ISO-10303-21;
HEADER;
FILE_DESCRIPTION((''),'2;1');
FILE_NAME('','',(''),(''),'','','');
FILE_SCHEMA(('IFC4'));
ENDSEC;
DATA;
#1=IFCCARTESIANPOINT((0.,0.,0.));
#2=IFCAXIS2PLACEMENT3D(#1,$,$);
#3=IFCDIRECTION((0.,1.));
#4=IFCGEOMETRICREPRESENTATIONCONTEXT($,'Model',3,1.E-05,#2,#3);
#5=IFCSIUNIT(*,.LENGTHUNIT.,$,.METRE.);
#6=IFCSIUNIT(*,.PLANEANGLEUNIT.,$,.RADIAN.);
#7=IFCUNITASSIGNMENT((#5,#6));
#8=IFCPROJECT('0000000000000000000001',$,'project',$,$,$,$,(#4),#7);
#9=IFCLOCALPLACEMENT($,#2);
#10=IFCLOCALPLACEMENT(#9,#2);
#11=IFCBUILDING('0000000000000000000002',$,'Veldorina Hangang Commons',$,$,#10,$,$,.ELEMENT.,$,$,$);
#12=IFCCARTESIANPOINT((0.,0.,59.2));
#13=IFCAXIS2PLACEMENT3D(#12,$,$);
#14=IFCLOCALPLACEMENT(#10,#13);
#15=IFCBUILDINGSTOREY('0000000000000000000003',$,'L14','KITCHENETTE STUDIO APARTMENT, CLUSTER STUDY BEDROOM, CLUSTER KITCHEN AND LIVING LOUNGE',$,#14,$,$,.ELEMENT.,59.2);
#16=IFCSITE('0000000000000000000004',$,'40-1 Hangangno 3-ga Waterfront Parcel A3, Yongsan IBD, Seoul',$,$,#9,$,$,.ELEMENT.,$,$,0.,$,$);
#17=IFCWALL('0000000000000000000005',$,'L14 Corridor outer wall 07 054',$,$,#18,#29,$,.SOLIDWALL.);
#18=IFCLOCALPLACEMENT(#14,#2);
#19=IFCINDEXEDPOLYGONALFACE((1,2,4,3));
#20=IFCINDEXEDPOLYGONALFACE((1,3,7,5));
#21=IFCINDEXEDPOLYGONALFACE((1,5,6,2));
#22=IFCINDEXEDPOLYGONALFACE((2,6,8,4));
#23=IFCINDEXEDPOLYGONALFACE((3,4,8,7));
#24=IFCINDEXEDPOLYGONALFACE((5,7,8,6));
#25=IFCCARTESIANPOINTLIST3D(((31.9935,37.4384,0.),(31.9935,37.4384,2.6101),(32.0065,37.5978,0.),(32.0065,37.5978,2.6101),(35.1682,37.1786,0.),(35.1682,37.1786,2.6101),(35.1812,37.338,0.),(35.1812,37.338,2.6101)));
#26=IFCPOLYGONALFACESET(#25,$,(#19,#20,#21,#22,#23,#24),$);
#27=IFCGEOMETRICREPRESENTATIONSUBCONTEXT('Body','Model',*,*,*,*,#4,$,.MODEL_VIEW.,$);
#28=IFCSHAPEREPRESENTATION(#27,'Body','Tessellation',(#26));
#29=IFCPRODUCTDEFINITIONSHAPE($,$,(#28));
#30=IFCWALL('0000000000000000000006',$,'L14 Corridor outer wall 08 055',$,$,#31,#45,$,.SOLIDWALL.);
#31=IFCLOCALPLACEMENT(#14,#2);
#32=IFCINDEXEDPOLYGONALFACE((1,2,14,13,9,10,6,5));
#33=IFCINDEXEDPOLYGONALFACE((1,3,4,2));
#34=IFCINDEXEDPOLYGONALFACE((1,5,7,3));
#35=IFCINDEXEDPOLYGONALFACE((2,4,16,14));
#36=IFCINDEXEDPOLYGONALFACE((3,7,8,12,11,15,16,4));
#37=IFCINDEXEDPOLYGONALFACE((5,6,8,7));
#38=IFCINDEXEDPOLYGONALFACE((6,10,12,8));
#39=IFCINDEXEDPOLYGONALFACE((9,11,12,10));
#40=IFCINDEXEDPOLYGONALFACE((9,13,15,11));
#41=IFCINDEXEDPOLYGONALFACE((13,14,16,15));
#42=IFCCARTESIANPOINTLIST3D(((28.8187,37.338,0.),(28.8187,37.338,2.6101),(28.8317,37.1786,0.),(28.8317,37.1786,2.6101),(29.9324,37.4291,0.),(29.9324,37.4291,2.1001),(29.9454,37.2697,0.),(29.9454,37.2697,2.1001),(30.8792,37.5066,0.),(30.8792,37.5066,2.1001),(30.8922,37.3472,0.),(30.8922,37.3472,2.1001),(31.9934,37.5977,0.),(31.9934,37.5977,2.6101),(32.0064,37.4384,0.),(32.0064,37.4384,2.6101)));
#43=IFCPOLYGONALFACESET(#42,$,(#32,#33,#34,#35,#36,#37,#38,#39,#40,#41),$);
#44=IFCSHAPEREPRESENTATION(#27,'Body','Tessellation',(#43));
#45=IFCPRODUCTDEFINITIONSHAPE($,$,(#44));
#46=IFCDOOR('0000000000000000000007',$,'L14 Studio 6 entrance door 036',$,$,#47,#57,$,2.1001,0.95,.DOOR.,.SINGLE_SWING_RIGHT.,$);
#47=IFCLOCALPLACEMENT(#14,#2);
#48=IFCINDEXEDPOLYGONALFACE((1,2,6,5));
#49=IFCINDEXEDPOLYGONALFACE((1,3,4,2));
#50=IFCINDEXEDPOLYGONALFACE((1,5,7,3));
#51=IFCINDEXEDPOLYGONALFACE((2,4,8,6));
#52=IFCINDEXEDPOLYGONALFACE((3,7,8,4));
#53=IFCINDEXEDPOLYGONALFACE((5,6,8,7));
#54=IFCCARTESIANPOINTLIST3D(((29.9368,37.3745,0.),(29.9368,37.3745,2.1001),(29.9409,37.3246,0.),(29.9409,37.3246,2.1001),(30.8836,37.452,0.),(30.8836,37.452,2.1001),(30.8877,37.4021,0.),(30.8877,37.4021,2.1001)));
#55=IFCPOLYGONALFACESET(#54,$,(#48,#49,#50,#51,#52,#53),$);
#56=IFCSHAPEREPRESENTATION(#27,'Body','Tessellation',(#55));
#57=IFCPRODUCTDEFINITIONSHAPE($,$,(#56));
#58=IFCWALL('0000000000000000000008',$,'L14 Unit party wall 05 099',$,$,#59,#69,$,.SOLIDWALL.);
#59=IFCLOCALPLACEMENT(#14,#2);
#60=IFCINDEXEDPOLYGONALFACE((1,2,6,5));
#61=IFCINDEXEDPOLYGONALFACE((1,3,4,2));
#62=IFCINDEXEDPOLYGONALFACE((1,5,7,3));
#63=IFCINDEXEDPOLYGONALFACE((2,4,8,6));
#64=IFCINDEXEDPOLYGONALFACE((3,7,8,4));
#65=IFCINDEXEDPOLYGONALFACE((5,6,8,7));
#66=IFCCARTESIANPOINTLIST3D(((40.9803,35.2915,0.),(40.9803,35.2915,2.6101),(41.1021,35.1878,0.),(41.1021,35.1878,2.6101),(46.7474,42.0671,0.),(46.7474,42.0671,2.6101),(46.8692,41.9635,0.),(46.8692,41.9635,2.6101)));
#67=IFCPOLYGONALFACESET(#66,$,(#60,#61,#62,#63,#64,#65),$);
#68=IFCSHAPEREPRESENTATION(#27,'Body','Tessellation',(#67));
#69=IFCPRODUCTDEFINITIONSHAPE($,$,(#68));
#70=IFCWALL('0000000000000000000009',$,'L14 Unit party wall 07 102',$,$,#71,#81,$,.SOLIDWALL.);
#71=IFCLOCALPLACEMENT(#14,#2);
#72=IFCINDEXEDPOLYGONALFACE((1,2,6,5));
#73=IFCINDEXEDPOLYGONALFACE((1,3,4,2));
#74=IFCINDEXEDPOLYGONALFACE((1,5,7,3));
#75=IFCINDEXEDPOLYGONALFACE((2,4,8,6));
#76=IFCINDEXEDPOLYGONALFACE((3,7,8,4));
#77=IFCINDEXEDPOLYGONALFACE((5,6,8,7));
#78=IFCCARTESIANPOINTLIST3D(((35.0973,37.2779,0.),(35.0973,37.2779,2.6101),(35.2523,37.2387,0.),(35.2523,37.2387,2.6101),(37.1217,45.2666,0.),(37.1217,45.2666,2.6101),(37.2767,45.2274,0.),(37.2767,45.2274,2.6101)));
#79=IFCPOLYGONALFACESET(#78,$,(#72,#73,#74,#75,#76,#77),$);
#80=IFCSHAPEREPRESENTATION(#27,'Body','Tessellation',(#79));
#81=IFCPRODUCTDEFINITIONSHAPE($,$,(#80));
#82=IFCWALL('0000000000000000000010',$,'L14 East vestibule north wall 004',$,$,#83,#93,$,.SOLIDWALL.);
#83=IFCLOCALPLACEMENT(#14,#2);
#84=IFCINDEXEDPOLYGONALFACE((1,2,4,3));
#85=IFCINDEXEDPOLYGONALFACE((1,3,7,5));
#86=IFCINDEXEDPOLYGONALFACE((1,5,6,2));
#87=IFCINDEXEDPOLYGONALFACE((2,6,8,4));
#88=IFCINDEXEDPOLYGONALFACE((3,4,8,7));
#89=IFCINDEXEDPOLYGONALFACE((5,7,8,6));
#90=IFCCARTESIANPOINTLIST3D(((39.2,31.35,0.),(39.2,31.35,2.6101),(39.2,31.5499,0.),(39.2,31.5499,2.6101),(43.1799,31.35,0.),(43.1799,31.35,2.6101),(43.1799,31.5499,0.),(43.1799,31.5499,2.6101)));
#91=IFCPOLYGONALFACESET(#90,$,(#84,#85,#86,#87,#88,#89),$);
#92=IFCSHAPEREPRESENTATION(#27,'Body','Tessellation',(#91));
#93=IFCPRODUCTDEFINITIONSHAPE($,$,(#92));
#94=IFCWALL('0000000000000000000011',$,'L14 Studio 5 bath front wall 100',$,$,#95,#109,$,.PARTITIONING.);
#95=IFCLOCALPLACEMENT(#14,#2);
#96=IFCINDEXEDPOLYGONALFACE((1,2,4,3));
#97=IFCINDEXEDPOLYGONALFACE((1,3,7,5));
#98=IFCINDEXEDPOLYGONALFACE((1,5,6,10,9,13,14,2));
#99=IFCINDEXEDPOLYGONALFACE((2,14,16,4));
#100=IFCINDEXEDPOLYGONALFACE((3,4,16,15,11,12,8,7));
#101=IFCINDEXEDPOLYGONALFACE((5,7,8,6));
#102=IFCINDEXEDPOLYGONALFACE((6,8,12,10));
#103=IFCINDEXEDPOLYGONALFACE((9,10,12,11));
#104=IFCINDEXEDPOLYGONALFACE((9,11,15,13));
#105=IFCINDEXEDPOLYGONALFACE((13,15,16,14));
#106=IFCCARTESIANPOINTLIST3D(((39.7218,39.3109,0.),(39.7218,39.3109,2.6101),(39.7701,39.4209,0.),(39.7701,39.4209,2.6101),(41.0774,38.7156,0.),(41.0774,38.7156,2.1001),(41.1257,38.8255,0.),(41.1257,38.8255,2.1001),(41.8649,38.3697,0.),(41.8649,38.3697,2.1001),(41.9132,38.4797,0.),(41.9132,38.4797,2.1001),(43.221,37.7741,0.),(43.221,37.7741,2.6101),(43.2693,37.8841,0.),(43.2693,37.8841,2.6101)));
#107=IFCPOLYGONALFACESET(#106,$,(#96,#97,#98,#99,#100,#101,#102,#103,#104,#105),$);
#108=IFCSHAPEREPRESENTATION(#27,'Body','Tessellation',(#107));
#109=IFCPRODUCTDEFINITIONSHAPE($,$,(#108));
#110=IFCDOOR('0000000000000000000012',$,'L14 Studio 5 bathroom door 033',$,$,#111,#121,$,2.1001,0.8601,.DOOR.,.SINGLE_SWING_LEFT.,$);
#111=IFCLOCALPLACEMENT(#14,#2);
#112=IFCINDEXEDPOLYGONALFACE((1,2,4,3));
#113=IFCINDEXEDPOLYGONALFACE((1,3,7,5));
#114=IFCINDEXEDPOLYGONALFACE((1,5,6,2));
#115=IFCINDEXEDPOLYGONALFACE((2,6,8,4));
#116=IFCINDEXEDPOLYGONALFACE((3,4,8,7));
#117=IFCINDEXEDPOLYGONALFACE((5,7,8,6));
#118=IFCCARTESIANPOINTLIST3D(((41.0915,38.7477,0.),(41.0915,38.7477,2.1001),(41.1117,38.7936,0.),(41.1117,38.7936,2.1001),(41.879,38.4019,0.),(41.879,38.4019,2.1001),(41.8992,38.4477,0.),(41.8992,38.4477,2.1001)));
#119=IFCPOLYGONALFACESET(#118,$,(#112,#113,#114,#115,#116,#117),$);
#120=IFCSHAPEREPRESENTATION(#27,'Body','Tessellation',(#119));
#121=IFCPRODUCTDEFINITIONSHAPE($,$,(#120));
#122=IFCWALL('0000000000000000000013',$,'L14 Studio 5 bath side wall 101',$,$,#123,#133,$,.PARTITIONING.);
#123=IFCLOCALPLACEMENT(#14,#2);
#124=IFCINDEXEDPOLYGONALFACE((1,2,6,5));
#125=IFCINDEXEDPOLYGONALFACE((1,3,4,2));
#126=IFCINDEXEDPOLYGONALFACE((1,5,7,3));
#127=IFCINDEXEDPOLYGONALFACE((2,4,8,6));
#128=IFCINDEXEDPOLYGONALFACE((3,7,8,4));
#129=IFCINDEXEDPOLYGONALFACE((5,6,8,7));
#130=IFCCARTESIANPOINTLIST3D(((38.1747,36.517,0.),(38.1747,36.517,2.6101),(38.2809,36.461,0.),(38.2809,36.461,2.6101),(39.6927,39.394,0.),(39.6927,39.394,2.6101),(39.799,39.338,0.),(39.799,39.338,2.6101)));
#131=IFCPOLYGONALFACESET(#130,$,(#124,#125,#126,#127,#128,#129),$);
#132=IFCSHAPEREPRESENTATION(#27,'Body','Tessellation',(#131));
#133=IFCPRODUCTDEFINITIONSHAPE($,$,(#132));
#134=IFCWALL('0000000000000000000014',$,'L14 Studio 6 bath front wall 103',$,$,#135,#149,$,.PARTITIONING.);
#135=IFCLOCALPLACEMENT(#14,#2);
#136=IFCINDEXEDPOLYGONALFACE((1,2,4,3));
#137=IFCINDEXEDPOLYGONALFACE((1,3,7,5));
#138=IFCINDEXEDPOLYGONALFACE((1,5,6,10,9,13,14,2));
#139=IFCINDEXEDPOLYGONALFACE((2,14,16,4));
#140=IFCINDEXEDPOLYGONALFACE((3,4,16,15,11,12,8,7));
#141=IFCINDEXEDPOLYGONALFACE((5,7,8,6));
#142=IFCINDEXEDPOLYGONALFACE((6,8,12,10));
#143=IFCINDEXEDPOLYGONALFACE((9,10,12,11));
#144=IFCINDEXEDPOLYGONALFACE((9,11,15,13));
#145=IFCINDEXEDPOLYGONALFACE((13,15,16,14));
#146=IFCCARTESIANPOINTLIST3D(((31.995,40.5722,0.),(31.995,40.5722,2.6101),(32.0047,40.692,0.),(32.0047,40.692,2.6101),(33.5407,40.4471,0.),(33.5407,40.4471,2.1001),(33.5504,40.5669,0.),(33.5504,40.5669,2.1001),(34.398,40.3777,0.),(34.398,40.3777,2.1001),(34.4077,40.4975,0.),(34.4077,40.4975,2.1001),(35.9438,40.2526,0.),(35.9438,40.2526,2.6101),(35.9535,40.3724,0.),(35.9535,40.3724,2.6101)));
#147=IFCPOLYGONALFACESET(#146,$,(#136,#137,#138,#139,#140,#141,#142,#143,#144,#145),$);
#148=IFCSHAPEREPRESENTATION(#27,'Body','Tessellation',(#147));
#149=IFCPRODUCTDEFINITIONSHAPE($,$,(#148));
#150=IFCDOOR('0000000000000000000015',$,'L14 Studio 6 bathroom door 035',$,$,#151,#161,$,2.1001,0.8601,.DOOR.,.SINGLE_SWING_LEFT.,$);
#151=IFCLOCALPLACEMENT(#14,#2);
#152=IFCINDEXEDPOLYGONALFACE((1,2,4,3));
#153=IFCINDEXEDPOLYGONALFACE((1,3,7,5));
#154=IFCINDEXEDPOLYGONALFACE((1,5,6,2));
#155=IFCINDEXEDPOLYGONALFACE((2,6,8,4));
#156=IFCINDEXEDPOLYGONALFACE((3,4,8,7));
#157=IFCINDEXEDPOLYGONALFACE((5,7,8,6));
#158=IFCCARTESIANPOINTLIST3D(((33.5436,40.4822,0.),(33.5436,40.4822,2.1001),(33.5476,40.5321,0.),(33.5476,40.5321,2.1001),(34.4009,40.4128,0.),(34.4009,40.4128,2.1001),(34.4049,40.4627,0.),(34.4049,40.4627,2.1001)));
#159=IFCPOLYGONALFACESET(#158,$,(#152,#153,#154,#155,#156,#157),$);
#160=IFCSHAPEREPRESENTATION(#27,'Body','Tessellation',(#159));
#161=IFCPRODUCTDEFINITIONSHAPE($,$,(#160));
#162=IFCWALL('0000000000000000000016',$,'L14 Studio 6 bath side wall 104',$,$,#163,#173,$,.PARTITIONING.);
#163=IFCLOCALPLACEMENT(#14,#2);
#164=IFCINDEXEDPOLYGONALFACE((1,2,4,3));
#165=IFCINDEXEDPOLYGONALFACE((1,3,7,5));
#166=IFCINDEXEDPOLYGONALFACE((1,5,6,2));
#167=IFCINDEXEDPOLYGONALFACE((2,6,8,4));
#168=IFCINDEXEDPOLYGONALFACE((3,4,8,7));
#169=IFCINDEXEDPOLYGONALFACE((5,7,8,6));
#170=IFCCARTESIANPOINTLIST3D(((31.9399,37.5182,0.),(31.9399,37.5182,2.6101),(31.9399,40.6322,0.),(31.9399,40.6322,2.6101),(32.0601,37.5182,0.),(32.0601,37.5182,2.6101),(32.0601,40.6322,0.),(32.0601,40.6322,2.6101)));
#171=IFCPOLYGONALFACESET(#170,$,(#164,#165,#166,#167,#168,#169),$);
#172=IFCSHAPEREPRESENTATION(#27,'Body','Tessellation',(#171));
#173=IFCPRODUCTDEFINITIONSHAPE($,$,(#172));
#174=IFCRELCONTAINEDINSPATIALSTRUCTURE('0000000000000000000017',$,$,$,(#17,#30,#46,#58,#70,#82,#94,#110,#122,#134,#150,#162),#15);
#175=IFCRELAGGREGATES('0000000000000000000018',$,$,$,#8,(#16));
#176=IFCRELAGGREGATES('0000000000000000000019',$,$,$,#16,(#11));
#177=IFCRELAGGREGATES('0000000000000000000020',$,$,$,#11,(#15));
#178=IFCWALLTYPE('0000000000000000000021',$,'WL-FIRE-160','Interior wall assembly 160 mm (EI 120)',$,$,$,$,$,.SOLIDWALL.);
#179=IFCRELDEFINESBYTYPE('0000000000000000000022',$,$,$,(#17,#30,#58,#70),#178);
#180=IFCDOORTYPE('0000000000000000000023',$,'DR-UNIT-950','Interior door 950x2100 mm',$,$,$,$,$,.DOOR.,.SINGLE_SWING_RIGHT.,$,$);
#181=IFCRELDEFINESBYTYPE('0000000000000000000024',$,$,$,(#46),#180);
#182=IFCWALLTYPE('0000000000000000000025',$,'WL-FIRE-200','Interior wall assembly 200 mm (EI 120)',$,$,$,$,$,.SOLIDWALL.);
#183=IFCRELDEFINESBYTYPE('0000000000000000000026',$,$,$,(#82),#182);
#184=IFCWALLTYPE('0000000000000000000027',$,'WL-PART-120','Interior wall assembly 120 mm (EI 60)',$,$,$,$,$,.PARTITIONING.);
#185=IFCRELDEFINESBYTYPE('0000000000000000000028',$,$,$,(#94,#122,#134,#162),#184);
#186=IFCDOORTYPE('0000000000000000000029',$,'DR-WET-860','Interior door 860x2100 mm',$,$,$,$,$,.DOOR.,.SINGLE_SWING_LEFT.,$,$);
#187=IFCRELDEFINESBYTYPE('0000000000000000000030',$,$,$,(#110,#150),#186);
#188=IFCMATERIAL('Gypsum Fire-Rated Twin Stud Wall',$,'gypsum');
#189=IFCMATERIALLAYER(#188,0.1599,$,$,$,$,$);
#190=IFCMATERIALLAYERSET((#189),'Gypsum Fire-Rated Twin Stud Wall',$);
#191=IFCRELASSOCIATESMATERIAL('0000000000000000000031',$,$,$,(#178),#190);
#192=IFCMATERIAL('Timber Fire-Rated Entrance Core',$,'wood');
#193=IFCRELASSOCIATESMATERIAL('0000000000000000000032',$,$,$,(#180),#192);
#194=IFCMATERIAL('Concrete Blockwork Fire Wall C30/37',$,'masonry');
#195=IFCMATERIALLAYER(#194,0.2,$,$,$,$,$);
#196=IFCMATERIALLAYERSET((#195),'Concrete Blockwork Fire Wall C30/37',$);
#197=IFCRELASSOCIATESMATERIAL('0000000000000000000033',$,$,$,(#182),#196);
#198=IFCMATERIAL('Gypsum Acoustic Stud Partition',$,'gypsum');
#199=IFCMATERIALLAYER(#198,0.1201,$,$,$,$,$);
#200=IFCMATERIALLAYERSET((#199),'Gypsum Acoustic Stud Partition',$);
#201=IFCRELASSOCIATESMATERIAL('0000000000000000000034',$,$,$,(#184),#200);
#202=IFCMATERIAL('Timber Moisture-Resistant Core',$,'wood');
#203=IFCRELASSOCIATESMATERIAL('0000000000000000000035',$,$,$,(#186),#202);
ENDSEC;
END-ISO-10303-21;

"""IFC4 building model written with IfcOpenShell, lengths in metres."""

from ifc_helpers import new_model, si_unit, direction, frame, frame_2d, origin, place, context, subcontext, project, spatial, rectangle, extrude, material, layer, layer_set, type_object, element, fill, save


model = new_model("IFC4")

# Units and contexts
model_context = context("Model", 3, precision=1e-05, world=origin(), true_north=direction((0.0, 1.0)))
body_context = subcontext(model_context, "Body", "Model", "MODEL_VIEW")
ifc_project = project(units=[si_unit("LENGTHUNIT", "METRE"), si_unit("PLANEANGLEUNIT", "RADIAN")], contexts=[model_context])

# Site, building, storey
site_placement = place(None, origin())
site = spatial("IfcSite", under=ifc_project, at=site_placement, Name="40-1 Hangangno 3-ga Waterfront Parcel A3, Yongsan IBD, Seoul", CompositionType="ELEMENT", RefElevation=0.0)
building_placement = place(site_placement, origin())
building = spatial("IfcBuilding", under=site, at=building_placement, Name="Veldorina Hangang Commons", CompositionType="ELEMENT")
storey_placement = place(building_placement, frame((0.0, 0.0, 59.2)))
storey = spatial("IfcBuildingStorey", under=building, at=storey_placement, Name="L14", Description="KITCHENETTE STUDIO APARTMENT, CLUSTER STUDY BEDROOM, CLUSTER KITCHEN AND LIVING LOUNGE", CompositionType="ELEMENT", Elevation=59.2)

# Shared definitions
ifc_material_1 = material(Name="Gypsum Fire-Rated Twin Stud Wall", Category="gypsum")
ifc_layer_1 = layer(ifc_material_1, 0.1599)
ifc_layer_set_1 = layer_set([ifc_layer_1], Name="Gypsum Fire-Rated Twin Stud Wall")
wall_type_1 = type_object("IfcWallType", Name="WL-FIRE-160", Description="Interior wall assembly 160 mm (EI 120)", PredefinedType="SOLIDWALL", material=ifc_layer_set_1)

# Shared definitions
ifc_material_2 = material(Name="Timber Fire-Rated Entrance Core", Category="wood")
door_type_1 = type_object("IfcDoorType", Name="DR-UNIT-950", Description="Interior door 950x2100 mm", OperationType="SINGLE_SWING_RIGHT", PredefinedType="DOOR", material=ifc_material_2)

# Wall
wall_1_placement = place(storey_placement, frame((35.1748, 37.2583, 0.0), z_axis=(0.0, 0.0, 1.0), x_axis=(-0.996669, 0.081548, 0.0)))
element("IfcWall", 1, at=wall_1_placement, inside=storey, type_object=wall_type_1, Name="L14 Corridor outer wall 07 054", PredefinedType="SOLIDWALL", context=body_context, shape_type="SweptSolid", body=[
    extrude(rectangle(XDim=3.1853, YDim=0.1599, at=frame_2d((1.5928, 0.0))), origin(), (0.0, 0.0, 1.0), 2.6101),
])

# Wall, opening, door
wall_2_placement = place(storey_placement, frame((32.0, 37.5181, 0.0), z_axis=(0.0, 0.0, 1.0), x_axis=(-0.996669, -0.081548, 0.0)))
wall_2 = element("IfcWall", 2, at=wall_2_placement, inside=storey, type_object=wall_type_1, Name="L14 Corridor outer wall 08 055", PredefinedType="SOLIDWALL", context=body_context, shape_type="SweptSolid", body=[
    extrude(rectangle(XDim=3.1853, YDim=0.1599, at=frame_2d((1.5928, 0.0))), origin(), (0.0, 0.0, 1.0), 2.6101),
])
opening_1_placement = place(wall_2_placement, frame((1.1179, 0.0, 0.0)))
opening_1 = element("IfcOpeningElement", 3, at=opening_1_placement, cuts=wall_2, PredefinedType="OPENING", context=body_context, shape_type="SweptSolid", body=[
    extrude(rectangle(XDim=0.95, YDim=2.1001, at=frame_2d((0.4751, 1.05))), frame((0.0, 0.0898, 0.0), z_axis=(0.0, -1.0, 0.0), x_axis=(1.0, 0.0, 0.0)), (0.0, 0.0, 1.0), 0.1799),
])
door_1_placement = place(opening_1_placement, origin())
door_1 = element("IfcDoor", 4, at=door_1_placement, inside=storey, type_object=door_type_1, Name="L14 Studio 6 entrance door 036", OperationType="SINGLE_SWING_RIGHT", OverallHeight=2.1001, OverallWidth=0.95, PredefinedType="DOOR", context=body_context, shape_type="SweptSolid", body=[
    extrude(rectangle(XDim=0.95, YDim=2.1001, at=frame_2d((0.4751, 1.05))), frame((0.0, 0.0249, 0.0), z_axis=(0.0, -1.0, 0.0), x_axis=(1.0, 0.0, 0.0)), (0.0, 0.0, 1.0), 0.05),
])
fill(opening_1, door_1)

# Walls
wall_3_placement = place(storey_placement, frame((41.0413, 35.2397, 0.0), z_axis=(0.0, 0.0, 1.0), x_axis=(0.648157, 0.761507, 0.0)))
element("IfcWall", 5, at=wall_3_placement, inside=storey, type_object=wall_type_1, Name="L14 Unit party wall 05 099", PredefinedType="SOLIDWALL", context=body_context, shape_type="SweptSolid", body=[
    extrude(rectangle(XDim=8.8977, YDim=0.1599, at=frame_2d((4.4487, 0.0))), origin(), (0.0, 0.0, 1.0), 2.6101),
])
wall_4_placement = place(storey_placement, frame((35.1748, 37.2583, 0.0), z_axis=(0.0, 0.0, 1.0), x_axis=(0.245643, 0.96936, 0.0)))
element("IfcWall", 6, at=wall_4_placement, inside=storey, type_object=wall_type_1, Name="L14 Unit party wall 07 102", PredefinedType="SOLIDWALL", context=body_context, shape_type="SweptSolid", body=[
    extrude(rectangle(XDim=8.2412, YDim=0.1599, at=frame_2d((4.1206, 0.0))), origin(), (0.0, 0.0, 1.0), 2.6101),
])
ifc_material_3 = material(Name="Concrete Blockwork Fire Wall C30/37", Category="masonry")
ifc_layer_2 = layer(ifc_material_3, 0.2)
ifc_layer_set_2 = layer_set([ifc_layer_2], Name="Concrete Blockwork Fire Wall C30/37")
wall_type_2 = type_object("IfcWallType", Name="WL-FIRE-200", Description="Interior wall assembly 200 mm (EI 120)", PredefinedType="SOLIDWALL", material=ifc_layer_set_2)
wall_5_placement = place(storey_placement, frame((39.2, 31.45, 0.0), z_axis=(0.0, 0.0, 1.0), x_axis=(1.0, 0.0, 0.0)))
element("IfcWall", 7, at=wall_5_placement, inside=storey, type_object=wall_type_2, Name="L14 East vestibule north wall 004", PredefinedType="SOLIDWALL", context=body_context, shape_type="SweptSolid", body=[
    extrude(rectangle(XDim=3.98, YDim=0.2, at=frame_2d((1.99, 0.0))), origin(), (0.0, 0.0, 1.0), 2.6101),
])

# Wall, opening, door
ifc_material_4 = material(Name="Gypsum Acoustic Stud Partition", Category="gypsum")
ifc_layer_3 = layer(ifc_material_4, 0.1201)
ifc_layer_set_3 = layer_set([ifc_layer_3], Name="Gypsum Acoustic Stud Partition")
wall_type_3 = type_object("IfcWallType", Name="WL-PART-120", Description="Interior wall assembly 120 mm (EI 60)", PredefinedType="PARTITIONING", material=ifc_layer_set_3)
wall_6_placement = place(storey_placement, frame((43.2451, 37.8291, 0.0), z_axis=(0.0, 0.0, 1.0), x_axis=(-0.915586, 0.402122, 0.0)))
wall_6 = element("IfcWall", 8, at=wall_6_placement, inside=storey, type_object=wall_type_3, Name="L14 Studio 5 bath front wall 100", PredefinedType="PARTITIONING", context=body_context, shape_type="SweptSolid", body=[
    extrude(rectangle(XDim=3.8218, YDim=0.1201, at=frame_2d((1.9109, 0.0))), origin(), (0.0, 0.0, 1.0), 2.6101),
])
opening_2_placement = place(wall_6_placement, frame((1.481, 0.0, 0.0)))
opening_2 = element("IfcOpeningElement", 9, at=opening_2_placement, cuts=wall_6, PredefinedType="OPENING", context=body_context, shape_type="SweptSolid", body=[
    extrude(rectangle(XDim=0.8601, YDim=2.1001, at=frame_2d((0.4302, 1.05))), frame((0.0, 0.0701, 0.0), z_axis=(0.0, -1.0, 0.0), x_axis=(1.0, 0.0, 0.0)), (0.0, 0.0, 1.0), 0.1401),
])
ifc_material_5 = material(Name="Timber Moisture-Resistant Core", Category="wood")
door_type_2 = type_object("IfcDoorType", Name="DR-WET-860", Description="Interior door 860x2100 mm", OperationType="SINGLE_SWING_LEFT", PredefinedType="DOOR", material=ifc_material_5)
door_2_placement = place(opening_2_placement, origin())
door_2 = element("IfcDoor", 10, at=door_2_placement, inside=storey, type_object=door_type_2, Name="L14 Studio 5 bathroom door 033", OperationType="SINGLE_SWING_LEFT", OverallHeight=2.1001, OverallWidth=0.8601, PredefinedType="DOOR", context=body_context, shape_type="SweptSolid", body=[
    extrude(rectangle(XDim=0.8601, YDim=2.1001, at=frame_2d((0.4302, 1.05))), frame((0.0, 0.0249, 0.0), z_axis=(0.0, -1.0, 0.0), x_axis=(1.0, 0.0, 0.0)), (0.0, 0.0, 1.0), 0.05),
])
fill(opening_2, door_2)

# Wall
wall_7_placement = place(storey_placement, frame((38.2278, 36.489, 0.0), z_axis=(0.0, 0.0, 1.0), x_axis=(0.46668, 0.884426, 0.0)))
element("IfcWall", 11, at=wall_7_placement, inside=storey, type_object=wall_type_3, Name="L14 Studio 5 bath side wall 101", PredefinedType="PARTITIONING", context=body_context, shape_type="SweptSolid", body=[
    extrude(rectangle(XDim=3.2529, YDim=0.1201, at=frame_2d((1.6265, 0.0))), origin(), (0.0, 0.0, 1.0), 2.6101),
])

# Wall, opening, door
wall_8_placement = place(storey_placement, frame((35.9487, 40.3125, 0.0), z_axis=(0.0, 0.0, 1.0), x_axis=(-0.996741, 0.080669, 0.0)))
wall_8 = element("IfcWall", 12, at=wall_8_placement, inside=storey, type_object=wall_type_3, Name="L14 Studio 6 bath front wall 103", PredefinedType="PARTITIONING", context=body_context, shape_type="SweptSolid", body=[
    extrude(rectangle(XDim=3.9617, YDim=0.1201, at=frame_2d((1.981, 0.0))), origin(), (0.0, 0.0, 1.0), 2.6101),
])
opening_3_placement = place(wall_8_placement, frame((1.5508, 0.0, 0.0)))
opening_3 = element("IfcOpeningElement", 13, at=opening_3_placement, cuts=wall_8, PredefinedType="OPENING", context=body_context, shape_type="SweptSolid", body=[
    extrude(rectangle(XDim=0.8601, YDim=2.1001, at=frame_2d((0.4302, 1.05))), frame((0.0, 0.0701, 0.0), z_axis=(0.0, -1.0, 0.0), x_axis=(1.0, 0.0, 0.0)), (0.0, 0.0, 1.0), 0.1401),
])
door_3_placement = place(opening_3_placement, origin())
door_3 = element("IfcDoor", 14, at=door_3_placement, inside=storey, type_object=door_type_2, Name="L14 Studio 6 bathroom door 035", OperationType="SINGLE_SWING_LEFT", OverallHeight=2.1001, OverallWidth=0.8601, PredefinedType="DOOR", context=body_context, shape_type="SweptSolid", body=[
    extrude(rectangle(XDim=0.8601, YDim=2.1001, at=frame_2d((0.4302, 1.05))), frame((0.0, 0.0249, 0.0), z_axis=(0.0, -1.0, 0.0), x_axis=(1.0, 0.0, 0.0)), (0.0, 0.0, 1.0), 0.05),
])
fill(opening_3, door_3)

# Wall
wall_9_placement = place(storey_placement, frame((32.0, 37.5181, 0.0), z_axis=(0.0, 0.0, 1.0), x_axis=(0.0, 1.0, 0.0)))
element("IfcWall", 15, at=wall_9_placement, inside=storey, type_object=wall_type_3, Name="L14 Studio 6 bath side wall 104", PredefinedType="PARTITIONING", context=body_context, shape_type="SweptSolid", body=[
    extrude(rectangle(XDim=3.114, YDim=0.1201, at=frame_2d((1.5571, 0.0))), origin(), (0.0, 0.0, 1.0), 2.6101),
])

save(model, "model.ifc")
